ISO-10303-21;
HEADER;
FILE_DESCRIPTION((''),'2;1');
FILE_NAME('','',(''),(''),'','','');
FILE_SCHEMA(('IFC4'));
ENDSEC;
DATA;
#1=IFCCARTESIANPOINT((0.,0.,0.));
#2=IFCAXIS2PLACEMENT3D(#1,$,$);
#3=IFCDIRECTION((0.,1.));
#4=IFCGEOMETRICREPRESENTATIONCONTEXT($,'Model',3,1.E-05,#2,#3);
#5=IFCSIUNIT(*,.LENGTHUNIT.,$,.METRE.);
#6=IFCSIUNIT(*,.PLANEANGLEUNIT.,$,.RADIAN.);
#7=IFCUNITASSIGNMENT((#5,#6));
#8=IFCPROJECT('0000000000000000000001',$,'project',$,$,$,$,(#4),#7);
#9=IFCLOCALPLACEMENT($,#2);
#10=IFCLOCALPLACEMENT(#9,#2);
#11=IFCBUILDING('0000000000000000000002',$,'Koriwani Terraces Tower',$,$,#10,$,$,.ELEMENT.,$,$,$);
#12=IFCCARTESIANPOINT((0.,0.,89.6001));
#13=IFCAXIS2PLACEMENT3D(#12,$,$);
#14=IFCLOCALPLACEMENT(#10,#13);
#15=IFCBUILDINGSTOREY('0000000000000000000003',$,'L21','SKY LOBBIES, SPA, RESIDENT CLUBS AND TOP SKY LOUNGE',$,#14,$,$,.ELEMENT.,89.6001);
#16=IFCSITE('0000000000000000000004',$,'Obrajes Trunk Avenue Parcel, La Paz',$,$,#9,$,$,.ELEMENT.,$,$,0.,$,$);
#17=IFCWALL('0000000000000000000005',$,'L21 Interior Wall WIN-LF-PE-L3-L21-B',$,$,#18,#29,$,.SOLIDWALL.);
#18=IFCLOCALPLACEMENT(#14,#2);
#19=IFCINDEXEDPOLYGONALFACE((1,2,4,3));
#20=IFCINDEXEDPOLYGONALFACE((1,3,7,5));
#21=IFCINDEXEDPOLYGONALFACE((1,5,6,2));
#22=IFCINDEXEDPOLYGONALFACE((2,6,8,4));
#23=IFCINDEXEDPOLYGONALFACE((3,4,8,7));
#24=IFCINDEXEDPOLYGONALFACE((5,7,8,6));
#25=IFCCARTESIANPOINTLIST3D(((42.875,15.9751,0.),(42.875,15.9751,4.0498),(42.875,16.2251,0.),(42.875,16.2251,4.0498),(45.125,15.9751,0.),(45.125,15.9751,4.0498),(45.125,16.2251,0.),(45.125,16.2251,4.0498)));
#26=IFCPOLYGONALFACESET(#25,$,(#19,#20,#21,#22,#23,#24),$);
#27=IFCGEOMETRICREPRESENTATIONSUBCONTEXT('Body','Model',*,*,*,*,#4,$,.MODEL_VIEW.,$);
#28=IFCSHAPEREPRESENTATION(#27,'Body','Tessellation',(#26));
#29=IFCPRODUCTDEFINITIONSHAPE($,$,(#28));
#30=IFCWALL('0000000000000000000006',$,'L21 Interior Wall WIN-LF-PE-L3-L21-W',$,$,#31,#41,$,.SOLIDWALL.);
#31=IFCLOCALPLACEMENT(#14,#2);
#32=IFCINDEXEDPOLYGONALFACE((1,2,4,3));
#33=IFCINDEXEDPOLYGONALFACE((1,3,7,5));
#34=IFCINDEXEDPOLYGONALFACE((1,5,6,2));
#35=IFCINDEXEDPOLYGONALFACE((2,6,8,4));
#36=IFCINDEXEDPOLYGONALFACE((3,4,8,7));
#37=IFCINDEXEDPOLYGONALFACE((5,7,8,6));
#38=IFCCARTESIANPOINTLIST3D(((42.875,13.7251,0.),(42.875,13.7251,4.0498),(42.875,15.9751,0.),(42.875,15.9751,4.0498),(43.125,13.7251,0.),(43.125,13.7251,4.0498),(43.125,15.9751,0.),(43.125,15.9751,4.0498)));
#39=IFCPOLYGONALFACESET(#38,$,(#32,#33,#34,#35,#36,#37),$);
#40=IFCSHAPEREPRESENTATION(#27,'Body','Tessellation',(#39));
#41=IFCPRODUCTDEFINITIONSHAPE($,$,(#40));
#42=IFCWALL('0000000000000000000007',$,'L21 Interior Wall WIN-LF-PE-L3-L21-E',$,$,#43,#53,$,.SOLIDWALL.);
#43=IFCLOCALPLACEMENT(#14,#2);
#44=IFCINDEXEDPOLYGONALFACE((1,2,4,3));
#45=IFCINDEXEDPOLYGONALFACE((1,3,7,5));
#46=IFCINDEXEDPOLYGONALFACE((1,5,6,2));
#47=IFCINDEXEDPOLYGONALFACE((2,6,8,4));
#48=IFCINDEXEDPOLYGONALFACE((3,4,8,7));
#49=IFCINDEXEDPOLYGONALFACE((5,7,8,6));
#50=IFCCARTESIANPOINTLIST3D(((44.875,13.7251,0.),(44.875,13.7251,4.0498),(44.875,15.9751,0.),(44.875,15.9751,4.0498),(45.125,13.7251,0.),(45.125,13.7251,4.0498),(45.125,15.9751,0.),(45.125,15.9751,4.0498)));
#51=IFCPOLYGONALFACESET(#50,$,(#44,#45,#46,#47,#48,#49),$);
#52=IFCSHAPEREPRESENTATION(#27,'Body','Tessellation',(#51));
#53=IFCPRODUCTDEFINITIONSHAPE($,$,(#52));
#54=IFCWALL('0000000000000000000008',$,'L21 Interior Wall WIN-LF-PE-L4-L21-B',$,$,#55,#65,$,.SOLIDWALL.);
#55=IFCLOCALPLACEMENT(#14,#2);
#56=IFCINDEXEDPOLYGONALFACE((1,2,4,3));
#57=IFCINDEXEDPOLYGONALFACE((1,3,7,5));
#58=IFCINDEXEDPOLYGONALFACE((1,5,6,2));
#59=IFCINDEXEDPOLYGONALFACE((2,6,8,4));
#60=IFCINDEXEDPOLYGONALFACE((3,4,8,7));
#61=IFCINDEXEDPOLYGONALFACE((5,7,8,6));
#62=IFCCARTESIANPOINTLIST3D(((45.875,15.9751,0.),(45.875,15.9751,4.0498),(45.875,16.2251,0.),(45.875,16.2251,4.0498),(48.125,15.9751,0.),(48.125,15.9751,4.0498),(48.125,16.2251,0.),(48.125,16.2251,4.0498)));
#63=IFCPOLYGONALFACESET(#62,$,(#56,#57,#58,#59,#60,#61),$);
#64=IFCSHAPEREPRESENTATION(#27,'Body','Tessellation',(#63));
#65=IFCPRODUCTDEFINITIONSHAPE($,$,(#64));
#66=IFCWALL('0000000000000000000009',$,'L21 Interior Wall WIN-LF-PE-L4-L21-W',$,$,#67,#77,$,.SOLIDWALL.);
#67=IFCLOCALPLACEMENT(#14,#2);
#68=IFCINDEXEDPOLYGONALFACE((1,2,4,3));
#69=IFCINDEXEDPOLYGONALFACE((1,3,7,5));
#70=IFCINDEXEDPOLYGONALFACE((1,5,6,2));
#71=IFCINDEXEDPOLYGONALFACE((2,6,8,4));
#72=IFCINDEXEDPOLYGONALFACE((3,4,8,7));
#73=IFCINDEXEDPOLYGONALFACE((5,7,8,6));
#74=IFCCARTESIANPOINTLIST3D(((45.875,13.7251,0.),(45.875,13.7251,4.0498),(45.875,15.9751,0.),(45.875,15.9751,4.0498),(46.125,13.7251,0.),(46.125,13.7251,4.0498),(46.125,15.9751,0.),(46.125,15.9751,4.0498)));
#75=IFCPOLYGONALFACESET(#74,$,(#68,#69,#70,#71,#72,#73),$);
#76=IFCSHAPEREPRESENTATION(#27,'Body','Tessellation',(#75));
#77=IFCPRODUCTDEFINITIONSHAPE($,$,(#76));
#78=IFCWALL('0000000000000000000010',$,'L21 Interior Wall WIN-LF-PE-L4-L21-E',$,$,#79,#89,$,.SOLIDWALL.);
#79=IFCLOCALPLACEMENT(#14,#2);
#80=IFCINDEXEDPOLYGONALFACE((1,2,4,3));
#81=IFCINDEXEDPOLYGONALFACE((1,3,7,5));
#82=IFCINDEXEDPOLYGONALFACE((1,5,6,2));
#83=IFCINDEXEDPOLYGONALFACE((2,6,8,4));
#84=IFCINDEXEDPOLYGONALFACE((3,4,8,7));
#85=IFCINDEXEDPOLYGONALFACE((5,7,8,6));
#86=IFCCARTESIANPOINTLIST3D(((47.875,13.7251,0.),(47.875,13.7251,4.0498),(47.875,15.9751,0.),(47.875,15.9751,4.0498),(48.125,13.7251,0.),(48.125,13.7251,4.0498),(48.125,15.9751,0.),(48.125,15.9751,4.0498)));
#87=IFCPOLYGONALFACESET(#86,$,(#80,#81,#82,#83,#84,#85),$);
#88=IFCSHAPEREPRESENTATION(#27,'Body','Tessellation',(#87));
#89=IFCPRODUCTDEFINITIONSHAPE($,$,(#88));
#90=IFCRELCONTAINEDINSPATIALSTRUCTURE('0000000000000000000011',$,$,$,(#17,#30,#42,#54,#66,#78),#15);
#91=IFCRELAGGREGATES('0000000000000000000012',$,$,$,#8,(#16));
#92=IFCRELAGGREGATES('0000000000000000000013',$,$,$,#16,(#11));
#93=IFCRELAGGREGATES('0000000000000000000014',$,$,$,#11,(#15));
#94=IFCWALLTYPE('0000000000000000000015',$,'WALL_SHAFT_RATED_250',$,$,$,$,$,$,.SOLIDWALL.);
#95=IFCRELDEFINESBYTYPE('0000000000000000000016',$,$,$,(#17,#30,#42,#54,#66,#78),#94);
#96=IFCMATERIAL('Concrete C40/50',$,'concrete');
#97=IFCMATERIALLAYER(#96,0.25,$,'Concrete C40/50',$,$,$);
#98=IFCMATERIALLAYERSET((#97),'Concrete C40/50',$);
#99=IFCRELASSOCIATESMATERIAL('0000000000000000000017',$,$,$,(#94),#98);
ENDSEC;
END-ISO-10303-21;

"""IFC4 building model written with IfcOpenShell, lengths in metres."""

from ifc_helpers import new_model, si_unit, direction, frame, frame_2d, origin, place, context, subcontext, project, spatial, rectangle, extrude, material, layer, layer_set, type_object, element, save


model = new_model("IFC4")

# Units and contexts
model_context = context("Model", 3, precision=1e-05, world=origin(), true_north=direction((0.0, 1.0)))
body_context = subcontext(model_context, "Body", "Model", "MODEL_VIEW")
ifc_project = project(units=[si_unit("LENGTHUNIT", "METRE"), si_unit("PLANEANGLEUNIT", "RADIAN")], contexts=[model_context])

# Site, building, storey
site_placement = place(None, origin())
site = spatial("IfcSite", under=ifc_project, at=site_placement, Name="Obrajes Trunk Avenue Parcel, La Paz", CompositionType="ELEMENT", RefElevation=0.0)
building_placement = place(site_placement, origin())
building = spatial("IfcBuilding", under=site, at=building_placement, Name="Koriwani Terraces Tower", CompositionType="ELEMENT")
storey_placement = place(building_placement, frame((0.0, 0.0, 89.6001)))
storey = spatial("IfcBuildingStorey", under=building, at=storey_placement, Name="L21", Description="SKY LOBBIES, SPA, RESIDENT CLUBS AND TOP SKY LOUNGE", CompositionType="ELEMENT", Elevation=89.6001)

# Shared definitions
ifc_material_1 = material(Name="Concrete C40/50", Category="concrete")

# Shared definitions
ifc_layer_1 = layer(ifc_material_1, 0.25, Name="Concrete C40/50")
ifc_layer_set_1 = layer_set([ifc_layer_1], Name="Concrete C40/50")
wall_type_1 = type_object("IfcWallType", Name="WALL_SHAFT_RATED_250", PredefinedType="SOLIDWALL", material=ifc_layer_set_1)

# Walls
for number, where, z_axis, x_axis, name in (
    (1, (42.875, 16.1001, 0.0), (0.0, 0.0, 1.0), (1.0, 0.0, 0.0), "L21 Interior Wall WIN-LF-PE-L3-L21-B"),
    (2, (43.0, 13.7251, 0.0), (0.0, 0.0, 1.0), (0.0, 1.0, 0.0), "L21 Interior Wall WIN-LF-PE-L3-L21-W"),
    (3, (45.0, 13.7251, 0.0), (0.0, 0.0, 1.0), (0.0, 1.0, 0.0), "L21 Interior Wall WIN-LF-PE-L3-L21-E"),
):
    element("IfcWall", number, at=place(storey_placement, frame(where, z_axis=z_axis, x_axis=x_axis)), inside=storey, type_object=wall_type_1, Name=name, PredefinedType="SOLIDWALL", context=body_context, shape_type="SweptSolid", body=[
        extrude(rectangle(XDim=2.25, YDim=0.25, at=frame_2d((1.125, 0.0))), origin(), (0.0, 0.0, 1.0), 4.0498),
    ])

# Walls
for number, where, z_axis, x_axis, name in (
    (4, (45.875, 16.1001, 0.0), (0.0, 0.0, 1.0), (1.0, 0.0, 0.0), "L21 Interior Wall WIN-LF-PE-L4-L21-B"),
    (5, (46.0, 13.7251, 0.0), (0.0, 0.0, 1.0), (0.0, 1.0, 0.0), "L21 Interior Wall WIN-LF-PE-L4-L21-W"),
    (6, (48.0, 13.7251, 0.0), (0.0, 0.0, 1.0), (0.0, 1.0, 0.0), "L21 Interior Wall WIN-LF-PE-L4-L21-E"),
):
    element("IfcWall", number, at=place(storey_placement, frame(where, z_axis=z_axis, x_axis=x_axis)), inside=storey, type_object=wall_type_1, Name=name, PredefinedType="SOLIDWALL", context=body_context, shape_type="SweptSolid", body=[
        extrude(rectangle(XDim=2.25, YDim=0.25, at=frame_2d((1.125, 0.0))), origin(), (0.0, 0.0, 1.0), 4.0498),
    ])

save(model, "model.ifc")
